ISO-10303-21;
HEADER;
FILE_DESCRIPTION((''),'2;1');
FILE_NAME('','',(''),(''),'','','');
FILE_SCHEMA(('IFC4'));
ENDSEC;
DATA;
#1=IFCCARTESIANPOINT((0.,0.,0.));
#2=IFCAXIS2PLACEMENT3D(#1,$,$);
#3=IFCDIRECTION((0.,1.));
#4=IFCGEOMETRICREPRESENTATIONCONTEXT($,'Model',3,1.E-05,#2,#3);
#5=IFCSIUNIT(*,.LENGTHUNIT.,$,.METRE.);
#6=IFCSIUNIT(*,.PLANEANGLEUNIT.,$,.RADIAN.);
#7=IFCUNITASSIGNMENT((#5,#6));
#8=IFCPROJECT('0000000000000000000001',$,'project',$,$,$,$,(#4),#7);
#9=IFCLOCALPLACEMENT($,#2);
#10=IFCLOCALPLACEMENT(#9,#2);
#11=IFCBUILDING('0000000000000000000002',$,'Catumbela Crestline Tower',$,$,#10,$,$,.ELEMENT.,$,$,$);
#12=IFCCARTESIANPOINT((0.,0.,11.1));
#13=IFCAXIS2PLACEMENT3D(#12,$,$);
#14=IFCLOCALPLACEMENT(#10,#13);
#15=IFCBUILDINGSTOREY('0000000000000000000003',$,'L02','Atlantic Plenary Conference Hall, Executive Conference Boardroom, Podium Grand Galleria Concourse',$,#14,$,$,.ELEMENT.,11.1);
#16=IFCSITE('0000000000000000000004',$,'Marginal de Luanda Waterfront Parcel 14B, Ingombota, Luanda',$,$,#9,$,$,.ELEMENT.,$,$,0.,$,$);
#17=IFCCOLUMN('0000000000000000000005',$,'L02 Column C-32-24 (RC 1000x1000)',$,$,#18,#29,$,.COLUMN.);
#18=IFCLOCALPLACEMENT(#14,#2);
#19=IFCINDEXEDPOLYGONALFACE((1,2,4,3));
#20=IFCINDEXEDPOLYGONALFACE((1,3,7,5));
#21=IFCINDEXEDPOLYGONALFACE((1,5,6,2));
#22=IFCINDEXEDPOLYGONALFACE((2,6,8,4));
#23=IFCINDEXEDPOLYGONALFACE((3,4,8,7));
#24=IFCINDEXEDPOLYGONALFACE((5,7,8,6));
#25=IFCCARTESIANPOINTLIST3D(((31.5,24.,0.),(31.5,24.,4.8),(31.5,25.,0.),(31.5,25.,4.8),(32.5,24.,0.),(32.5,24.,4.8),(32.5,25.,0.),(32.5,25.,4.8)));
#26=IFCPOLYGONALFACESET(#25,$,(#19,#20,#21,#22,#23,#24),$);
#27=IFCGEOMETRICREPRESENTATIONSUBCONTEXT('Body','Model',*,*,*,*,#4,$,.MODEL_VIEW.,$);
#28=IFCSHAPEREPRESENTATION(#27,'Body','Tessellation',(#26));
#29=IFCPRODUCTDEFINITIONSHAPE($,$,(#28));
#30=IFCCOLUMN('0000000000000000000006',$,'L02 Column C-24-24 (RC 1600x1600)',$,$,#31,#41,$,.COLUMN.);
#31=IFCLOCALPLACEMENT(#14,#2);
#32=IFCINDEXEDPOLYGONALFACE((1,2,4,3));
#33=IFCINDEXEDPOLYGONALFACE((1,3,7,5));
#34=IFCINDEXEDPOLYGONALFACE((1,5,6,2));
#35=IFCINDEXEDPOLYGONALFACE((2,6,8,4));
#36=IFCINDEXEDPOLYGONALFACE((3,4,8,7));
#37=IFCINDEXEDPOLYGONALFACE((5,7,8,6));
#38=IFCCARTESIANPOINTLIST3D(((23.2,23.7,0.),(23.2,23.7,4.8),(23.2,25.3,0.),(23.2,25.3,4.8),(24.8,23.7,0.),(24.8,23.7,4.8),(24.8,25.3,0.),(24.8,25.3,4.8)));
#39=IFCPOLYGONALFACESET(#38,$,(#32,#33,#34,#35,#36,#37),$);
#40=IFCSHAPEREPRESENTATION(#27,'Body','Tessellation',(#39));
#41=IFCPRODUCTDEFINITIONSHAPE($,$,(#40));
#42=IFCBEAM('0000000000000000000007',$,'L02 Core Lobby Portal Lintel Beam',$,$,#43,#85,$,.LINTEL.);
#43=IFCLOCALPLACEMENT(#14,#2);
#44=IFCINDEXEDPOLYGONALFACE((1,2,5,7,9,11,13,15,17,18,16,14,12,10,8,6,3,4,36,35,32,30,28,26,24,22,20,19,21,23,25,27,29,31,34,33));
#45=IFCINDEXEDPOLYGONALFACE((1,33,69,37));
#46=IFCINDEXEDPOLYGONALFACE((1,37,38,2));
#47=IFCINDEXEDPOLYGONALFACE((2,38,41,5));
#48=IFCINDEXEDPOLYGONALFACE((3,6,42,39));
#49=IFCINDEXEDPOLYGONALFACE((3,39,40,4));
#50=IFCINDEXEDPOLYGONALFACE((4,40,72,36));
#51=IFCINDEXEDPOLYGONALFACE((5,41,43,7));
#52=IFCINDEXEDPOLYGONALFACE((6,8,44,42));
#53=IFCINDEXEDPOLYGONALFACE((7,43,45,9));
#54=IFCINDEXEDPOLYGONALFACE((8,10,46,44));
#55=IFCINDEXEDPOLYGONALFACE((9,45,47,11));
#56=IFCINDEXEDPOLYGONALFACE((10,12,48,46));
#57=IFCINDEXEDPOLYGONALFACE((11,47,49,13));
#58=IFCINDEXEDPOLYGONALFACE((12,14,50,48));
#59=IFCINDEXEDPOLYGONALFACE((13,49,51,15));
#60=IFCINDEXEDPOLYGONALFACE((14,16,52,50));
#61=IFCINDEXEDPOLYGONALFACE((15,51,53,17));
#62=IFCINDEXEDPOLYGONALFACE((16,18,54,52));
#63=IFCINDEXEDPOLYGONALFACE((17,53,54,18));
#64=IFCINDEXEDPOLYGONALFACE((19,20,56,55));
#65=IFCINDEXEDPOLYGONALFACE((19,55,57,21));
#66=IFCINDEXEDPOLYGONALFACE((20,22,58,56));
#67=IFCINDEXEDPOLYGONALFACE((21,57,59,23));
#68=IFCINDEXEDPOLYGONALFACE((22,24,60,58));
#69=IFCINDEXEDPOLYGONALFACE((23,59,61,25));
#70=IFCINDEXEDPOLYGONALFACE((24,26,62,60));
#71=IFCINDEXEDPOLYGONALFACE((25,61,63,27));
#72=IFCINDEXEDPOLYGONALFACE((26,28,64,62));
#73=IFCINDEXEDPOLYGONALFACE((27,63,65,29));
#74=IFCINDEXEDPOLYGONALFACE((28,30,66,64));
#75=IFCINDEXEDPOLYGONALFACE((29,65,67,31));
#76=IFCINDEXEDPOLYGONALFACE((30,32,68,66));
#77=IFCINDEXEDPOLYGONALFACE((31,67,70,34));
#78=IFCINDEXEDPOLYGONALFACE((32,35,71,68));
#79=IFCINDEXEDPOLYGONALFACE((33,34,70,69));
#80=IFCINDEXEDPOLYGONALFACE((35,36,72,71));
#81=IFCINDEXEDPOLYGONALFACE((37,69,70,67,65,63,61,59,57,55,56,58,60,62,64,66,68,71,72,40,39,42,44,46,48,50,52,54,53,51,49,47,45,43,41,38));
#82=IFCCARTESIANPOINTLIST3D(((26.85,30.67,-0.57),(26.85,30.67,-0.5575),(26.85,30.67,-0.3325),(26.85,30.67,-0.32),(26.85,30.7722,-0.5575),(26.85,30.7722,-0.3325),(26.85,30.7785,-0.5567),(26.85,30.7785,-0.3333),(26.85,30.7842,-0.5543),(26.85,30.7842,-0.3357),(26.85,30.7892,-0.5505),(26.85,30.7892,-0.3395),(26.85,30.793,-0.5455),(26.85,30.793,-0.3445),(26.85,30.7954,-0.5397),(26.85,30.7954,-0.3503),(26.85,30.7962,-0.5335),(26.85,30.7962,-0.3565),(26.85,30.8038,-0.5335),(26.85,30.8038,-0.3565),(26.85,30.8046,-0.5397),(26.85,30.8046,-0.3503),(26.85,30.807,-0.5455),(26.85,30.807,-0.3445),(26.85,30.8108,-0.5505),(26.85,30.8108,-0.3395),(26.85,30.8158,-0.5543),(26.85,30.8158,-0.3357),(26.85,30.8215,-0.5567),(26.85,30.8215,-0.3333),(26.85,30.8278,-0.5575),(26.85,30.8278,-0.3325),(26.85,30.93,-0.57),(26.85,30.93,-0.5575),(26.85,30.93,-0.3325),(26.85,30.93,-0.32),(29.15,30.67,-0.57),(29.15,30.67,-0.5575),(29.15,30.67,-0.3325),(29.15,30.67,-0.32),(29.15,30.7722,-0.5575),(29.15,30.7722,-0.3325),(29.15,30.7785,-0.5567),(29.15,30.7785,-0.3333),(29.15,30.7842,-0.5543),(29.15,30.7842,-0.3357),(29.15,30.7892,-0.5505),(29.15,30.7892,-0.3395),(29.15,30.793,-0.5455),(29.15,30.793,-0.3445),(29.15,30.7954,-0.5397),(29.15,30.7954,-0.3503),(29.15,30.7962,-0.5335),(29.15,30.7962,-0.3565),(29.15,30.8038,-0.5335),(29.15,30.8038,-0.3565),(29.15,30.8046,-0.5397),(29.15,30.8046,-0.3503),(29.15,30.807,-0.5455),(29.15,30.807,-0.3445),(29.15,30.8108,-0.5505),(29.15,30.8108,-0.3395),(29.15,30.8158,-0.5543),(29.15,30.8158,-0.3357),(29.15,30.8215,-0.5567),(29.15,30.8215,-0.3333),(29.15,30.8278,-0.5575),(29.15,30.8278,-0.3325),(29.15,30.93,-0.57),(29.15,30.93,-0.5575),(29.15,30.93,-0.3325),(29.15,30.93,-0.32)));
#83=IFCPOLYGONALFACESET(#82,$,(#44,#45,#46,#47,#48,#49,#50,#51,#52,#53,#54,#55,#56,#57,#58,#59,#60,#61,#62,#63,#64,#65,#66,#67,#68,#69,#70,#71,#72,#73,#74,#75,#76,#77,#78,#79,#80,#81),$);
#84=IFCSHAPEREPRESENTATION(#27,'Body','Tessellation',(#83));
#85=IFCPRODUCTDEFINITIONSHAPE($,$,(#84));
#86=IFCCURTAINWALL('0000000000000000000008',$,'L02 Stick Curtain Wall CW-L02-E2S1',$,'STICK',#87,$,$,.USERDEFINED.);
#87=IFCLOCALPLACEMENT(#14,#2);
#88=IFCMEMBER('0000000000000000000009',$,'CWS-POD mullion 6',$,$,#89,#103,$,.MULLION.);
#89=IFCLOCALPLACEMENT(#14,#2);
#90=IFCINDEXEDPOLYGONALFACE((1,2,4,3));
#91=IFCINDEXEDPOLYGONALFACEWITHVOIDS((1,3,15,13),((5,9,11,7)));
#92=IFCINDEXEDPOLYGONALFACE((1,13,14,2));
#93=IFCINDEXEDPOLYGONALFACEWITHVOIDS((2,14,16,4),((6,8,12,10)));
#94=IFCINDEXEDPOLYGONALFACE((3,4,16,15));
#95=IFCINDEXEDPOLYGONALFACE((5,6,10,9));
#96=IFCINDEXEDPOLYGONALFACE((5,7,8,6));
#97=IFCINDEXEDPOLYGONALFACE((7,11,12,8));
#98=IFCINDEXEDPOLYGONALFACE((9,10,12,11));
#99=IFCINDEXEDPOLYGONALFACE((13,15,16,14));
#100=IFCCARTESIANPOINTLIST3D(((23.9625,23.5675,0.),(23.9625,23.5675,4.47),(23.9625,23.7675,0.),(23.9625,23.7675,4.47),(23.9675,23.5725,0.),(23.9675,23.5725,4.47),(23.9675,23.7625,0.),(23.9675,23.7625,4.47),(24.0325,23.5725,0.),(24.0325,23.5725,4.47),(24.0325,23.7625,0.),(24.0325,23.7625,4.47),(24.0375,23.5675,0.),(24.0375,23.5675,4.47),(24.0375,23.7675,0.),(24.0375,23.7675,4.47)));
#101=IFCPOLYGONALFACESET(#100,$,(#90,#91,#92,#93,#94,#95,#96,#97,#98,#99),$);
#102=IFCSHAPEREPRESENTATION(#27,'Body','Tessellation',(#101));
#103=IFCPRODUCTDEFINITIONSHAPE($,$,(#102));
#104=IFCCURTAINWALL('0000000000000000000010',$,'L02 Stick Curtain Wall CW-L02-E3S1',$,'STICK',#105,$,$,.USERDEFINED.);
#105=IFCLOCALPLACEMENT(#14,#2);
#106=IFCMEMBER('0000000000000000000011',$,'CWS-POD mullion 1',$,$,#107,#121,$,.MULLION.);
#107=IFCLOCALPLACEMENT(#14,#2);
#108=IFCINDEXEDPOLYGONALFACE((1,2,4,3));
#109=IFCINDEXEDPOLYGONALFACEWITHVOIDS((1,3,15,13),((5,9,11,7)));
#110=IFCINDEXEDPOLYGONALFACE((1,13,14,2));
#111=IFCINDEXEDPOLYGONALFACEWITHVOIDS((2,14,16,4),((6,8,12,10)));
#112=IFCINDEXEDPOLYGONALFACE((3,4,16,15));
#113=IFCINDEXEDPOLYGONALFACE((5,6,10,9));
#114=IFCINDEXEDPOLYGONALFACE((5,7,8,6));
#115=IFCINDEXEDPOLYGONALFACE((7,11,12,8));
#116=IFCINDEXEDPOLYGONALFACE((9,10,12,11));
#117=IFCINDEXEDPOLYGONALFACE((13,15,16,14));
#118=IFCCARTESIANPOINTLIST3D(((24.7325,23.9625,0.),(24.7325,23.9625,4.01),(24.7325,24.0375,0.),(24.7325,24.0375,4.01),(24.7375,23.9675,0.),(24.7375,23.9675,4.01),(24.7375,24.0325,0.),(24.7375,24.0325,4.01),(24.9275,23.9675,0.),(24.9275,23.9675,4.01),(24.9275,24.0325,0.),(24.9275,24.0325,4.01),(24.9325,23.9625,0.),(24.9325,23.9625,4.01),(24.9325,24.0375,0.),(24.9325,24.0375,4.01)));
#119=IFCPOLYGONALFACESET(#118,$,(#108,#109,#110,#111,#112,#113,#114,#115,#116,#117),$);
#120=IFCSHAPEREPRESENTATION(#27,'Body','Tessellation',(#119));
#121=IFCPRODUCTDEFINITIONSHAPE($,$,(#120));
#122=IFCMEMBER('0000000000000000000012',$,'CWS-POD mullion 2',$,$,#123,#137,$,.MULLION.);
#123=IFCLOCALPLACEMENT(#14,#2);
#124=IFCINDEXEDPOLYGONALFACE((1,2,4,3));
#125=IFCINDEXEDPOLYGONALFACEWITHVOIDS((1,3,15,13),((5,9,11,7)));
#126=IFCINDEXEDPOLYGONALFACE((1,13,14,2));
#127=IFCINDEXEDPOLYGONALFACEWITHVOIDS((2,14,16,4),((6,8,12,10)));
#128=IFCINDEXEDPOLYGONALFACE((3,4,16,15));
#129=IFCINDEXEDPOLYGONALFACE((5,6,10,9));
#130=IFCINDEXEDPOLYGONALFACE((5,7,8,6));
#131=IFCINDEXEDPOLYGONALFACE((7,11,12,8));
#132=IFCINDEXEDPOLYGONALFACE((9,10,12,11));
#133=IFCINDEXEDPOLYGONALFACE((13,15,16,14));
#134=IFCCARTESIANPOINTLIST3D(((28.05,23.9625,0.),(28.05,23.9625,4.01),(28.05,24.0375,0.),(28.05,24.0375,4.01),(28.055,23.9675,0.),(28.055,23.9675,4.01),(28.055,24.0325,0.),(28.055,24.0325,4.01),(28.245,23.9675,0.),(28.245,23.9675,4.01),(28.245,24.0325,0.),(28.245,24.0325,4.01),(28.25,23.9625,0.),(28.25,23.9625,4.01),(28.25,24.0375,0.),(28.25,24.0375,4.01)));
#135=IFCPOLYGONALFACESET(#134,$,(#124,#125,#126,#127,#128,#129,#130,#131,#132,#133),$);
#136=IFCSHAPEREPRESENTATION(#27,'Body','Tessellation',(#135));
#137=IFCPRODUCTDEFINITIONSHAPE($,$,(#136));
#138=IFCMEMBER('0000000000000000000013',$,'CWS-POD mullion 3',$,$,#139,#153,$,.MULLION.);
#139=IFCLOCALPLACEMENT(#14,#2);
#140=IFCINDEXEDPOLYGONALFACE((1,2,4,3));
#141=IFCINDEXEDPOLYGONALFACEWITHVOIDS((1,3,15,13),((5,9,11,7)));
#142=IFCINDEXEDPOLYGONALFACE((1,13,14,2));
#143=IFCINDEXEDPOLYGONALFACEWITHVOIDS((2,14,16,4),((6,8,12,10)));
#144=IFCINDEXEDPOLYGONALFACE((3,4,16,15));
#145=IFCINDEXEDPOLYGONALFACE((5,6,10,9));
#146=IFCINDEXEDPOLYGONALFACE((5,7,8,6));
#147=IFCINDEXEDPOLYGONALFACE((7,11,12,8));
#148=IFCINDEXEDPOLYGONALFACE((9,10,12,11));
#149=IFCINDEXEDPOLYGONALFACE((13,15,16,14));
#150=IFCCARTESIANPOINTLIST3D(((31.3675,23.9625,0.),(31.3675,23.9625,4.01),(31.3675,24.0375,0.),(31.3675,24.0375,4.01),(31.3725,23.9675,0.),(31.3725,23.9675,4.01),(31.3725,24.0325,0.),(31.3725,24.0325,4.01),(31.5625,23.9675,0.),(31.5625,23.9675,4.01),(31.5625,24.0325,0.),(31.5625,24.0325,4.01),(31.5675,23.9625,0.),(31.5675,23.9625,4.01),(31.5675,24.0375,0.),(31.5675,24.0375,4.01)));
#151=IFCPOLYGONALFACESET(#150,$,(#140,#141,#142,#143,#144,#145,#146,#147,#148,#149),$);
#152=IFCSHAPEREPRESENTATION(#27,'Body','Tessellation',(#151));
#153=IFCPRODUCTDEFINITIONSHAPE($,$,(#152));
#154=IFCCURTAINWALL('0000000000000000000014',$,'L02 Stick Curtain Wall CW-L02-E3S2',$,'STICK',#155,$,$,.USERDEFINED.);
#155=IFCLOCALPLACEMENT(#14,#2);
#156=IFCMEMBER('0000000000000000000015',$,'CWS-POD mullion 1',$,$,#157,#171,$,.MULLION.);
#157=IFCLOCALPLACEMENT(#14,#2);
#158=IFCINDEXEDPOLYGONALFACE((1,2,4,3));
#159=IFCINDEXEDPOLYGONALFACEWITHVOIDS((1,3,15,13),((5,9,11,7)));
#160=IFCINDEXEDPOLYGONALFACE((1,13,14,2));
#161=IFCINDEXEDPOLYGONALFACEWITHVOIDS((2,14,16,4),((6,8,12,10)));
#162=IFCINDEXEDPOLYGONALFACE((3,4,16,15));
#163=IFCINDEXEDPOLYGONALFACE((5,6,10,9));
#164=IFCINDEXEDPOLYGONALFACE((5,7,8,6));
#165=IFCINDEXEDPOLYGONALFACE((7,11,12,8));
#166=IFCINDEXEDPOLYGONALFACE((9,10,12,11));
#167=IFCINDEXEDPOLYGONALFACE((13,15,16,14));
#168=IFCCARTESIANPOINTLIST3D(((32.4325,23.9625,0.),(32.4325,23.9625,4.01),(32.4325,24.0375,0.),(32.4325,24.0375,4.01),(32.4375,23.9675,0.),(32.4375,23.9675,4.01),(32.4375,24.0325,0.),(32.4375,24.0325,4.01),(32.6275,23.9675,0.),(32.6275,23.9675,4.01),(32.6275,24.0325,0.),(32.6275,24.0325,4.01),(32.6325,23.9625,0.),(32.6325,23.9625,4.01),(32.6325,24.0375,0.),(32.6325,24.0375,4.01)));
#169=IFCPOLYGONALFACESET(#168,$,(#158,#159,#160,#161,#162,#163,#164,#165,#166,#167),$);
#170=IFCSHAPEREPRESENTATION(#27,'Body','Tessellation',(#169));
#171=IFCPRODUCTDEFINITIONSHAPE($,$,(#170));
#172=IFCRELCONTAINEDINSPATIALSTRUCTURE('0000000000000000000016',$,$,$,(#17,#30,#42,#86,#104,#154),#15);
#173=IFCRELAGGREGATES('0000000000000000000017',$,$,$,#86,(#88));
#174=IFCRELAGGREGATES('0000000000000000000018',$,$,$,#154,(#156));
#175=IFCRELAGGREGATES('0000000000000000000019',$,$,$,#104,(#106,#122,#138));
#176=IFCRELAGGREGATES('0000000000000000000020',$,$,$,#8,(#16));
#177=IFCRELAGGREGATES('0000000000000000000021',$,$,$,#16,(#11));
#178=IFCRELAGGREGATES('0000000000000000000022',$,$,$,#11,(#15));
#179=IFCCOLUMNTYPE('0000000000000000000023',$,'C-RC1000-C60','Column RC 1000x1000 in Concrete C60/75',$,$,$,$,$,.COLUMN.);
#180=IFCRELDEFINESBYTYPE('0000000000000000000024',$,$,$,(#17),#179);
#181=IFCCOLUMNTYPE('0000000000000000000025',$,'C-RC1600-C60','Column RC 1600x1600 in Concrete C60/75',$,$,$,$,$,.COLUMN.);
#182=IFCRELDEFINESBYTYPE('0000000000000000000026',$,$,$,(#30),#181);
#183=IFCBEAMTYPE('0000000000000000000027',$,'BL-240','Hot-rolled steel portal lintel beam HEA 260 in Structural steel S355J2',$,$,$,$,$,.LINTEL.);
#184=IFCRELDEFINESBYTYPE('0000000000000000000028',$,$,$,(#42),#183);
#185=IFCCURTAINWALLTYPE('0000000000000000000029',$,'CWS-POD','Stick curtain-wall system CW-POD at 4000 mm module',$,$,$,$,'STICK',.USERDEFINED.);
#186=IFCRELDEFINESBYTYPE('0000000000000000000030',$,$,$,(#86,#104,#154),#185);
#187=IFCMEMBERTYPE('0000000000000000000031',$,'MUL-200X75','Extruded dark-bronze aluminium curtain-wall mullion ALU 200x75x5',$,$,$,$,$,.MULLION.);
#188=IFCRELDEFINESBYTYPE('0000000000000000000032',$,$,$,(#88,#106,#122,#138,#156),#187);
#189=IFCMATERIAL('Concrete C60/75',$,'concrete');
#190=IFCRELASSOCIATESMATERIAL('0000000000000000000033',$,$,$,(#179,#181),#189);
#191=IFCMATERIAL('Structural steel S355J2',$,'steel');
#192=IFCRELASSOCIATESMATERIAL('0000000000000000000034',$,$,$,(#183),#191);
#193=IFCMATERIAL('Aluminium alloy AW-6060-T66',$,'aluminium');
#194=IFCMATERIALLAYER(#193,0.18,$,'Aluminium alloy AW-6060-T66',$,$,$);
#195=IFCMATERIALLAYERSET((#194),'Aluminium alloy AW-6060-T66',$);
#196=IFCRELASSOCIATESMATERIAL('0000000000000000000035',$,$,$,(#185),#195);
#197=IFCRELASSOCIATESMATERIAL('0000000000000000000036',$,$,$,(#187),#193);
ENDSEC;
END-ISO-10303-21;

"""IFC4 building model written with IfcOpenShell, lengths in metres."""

from ifc_helpers import new_model, si_unit, direction, frame, origin, origin_2d, place, context, subcontext, project, spatial, rectangle, hollow_rectangle, i_section, extrude, material, layer, layer_set, material_profile, profile_set, type_object, element, aggregate, save


model = new_model("IFC4")

# Units and contexts
model_context = context("Model", 3, precision=1e-05, world=origin(), true_north=direction((0.0, 1.0)))
body_context = subcontext(model_context, "Body", "Model", "MODEL_VIEW")
ifc_project = project(units=[si_unit("LENGTHUNIT", "METRE"), si_unit("PLANEANGLEUNIT", "RADIAN")], contexts=[model_context])

# Site, building, storey
site_placement = place(None, origin())
site = spatial("IfcSite", under=ifc_project, at=site_placement, Name="Marginal de Luanda Waterfront Parcel 14B, Ingombota, Luanda", CompositionType="ELEMENT", RefElevation=0.0)
building_placement = place(site_placement, origin())
building = spatial("IfcBuilding", under=site, at=building_placement, Name="Catumbela Crestline Tower", CompositionType="ELEMENT")
storey_placement = place(building_placement, frame((0.0, 0.0, 11.1)))
storey = spatial("IfcBuildingStorey", under=building, at=storey_placement, Name="L02", Description="Atlantic Plenary Conference Hall, Executive Conference Boardroom, Podium Grand Galleria Concourse", CompositionType="ELEMENT", Elevation=11.1)

# Columns
ifc_material_1 = material(Name="Concrete C60/75", Category="concrete")
ifc_material_profile_1 = material_profile(ifc_material_1, rectangle(XDim=1.0, YDim=1.0, at=origin_2d()), Name="RC 1000x1000")
ifc_profile_set_1 = profile_set([ifc_material_profile_1], Name="Concrete C60/75")
column_type_1 = type_object("IfcColumnType", Name="C-RC1000-C60", Description="Column RC 1000x1000 in Concrete C60/75", PredefinedType="COLUMN", material=ifc_profile_set_1)
column_1_placement = place(storey_placement, frame((32.0, 24.5, 0.0), z_axis=(0.0, 0.0, 1.0), x_axis=(1.0, 0.0, 0.0)))
element("IfcColumn", 1, at=column_1_placement, inside=storey, type_object=column_type_1, Name="L02 Column C-32-24 (RC 1000x1000)", PredefinedType="COLUMN", context=body_context, shape_type="SweptSolid", body=[
    extrude(rectangle(XDim=1.0, YDim=1.0, at=origin_2d()), origin(), (0.0, 0.0, 1.0), 4.8),
])
ifc_material_profile_2 = material_profile(ifc_material_1, rectangle(XDim=1.6, YDim=1.6, at=origin_2d()), Name="RC 1600x1600")
ifc_profile_set_2 = profile_set([ifc_material_profile_2], Name="Concrete C60/75")
column_type_2 = type_object("IfcColumnType", Name="C-RC1600-C60", Description="Column RC 1600x1600 in Concrete C60/75", PredefinedType="COLUMN", material=ifc_profile_set_2)
column_2_placement = place(storey_placement, frame((24.0, 24.5, 0.0), z_axis=(0.0, 0.0, 1.0), x_axis=(1.0, 0.0, 0.0)))
element("IfcColumn", 2, at=column_2_placement, inside=storey, type_object=column_type_2, Name="L02 Column C-24-24 (RC 1600x1600)", PredefinedType="COLUMN", context=body_context, shape_type="SweptSolid", body=[
    extrude(rectangle(XDim=1.6, YDim=1.6, at=origin_2d()), origin(), (0.0, 0.0, 1.0), 4.8),
])

# Beam
ifc_material_2 = material(Name="Structural steel S355J2", Category="steel")
ifc_material_profile_3 = material_profile(ifc_material_2, i_section(OverallWidth=0.26, OverallDepth=0.25, WebThickness=0.0075, FlangeThickness=0.0125, FilletRadius=0.024, at=origin_2d()), Name="HEA 260")
ifc_profile_set_3 = profile_set([ifc_material_profile_3], Name="Structural steel S355J2")
beam_type_1 = type_object("IfcBeamType", Name="BL-240", Description="Hot-rolled steel portal lintel beam HEA 260 in Structural steel S355J2", PredefinedType="LINTEL", material=ifc_profile_set_3)
beam_1_placement = place(storey_placement, frame((26.85, 30.8, -0.445), z_axis=(1.0, 0.0, 0.0), x_axis=(0.0, 1.0, 0.0)))
element("IfcBeam", 3, at=beam_1_placement, inside=storey, type_object=beam_type_1, Name="L02 Core Lobby Portal Lintel Beam", PredefinedType="LINTEL", context=body_context, shape_type="SweptSolid", body=[
    extrude(i_section(OverallWidth=0.26, OverallDepth=0.25, WebThickness=0.0075, FlangeThickness=0.0125, FilletRadius=0.024, at=origin_2d()), origin(), (0.0, 0.0, 1.0), 2.3),
])

# Curtain wall, member
ifc_material_3 = material(Name="Aluminium alloy AW-6060-T66", Category="aluminium")
ifc_layer_1 = layer(ifc_material_3, 0.18, Name="Aluminium alloy AW-6060-T66")
ifc_layer_set_1 = layer_set([ifc_layer_1], Name="Aluminium alloy AW-6060-T66")
curtain_wall_type = type_object("IfcCurtainWallType", Name="CWS-POD", Description="Stick curtain-wall system CW-POD at 4000 mm module", ElementType="STICK", PredefinedType="USERDEFINED", material=ifc_layer_set_1)
curtain_wall_1_placement = place(storey_placement, origin())
curtain_wall_1 = element("IfcCurtainWall", 4, at=curtain_wall_1_placement, inside=storey, type_object=curtain_wall_type, Name="L02 Stick Curtain Wall CW-L02-E2S1", ObjectType="STICK", PredefinedType="USERDEFINED")
ifc_material_profile_4 = material_profile(ifc_material_3, hollow_rectangle(XDim=0.075, YDim=0.2, WallThickness=0.005, at=origin_2d()), Name="ALU 200x75x5")
ifc_profile_set_4 = profile_set([ifc_material_profile_4], Name="Aluminium alloy AW-6060-T66")
member_type_1 = type_object("IfcMemberType", Name="MUL-200X75", Description="Extruded dark-bronze aluminium curtain-wall mullion ALU 200x75x5", PredefinedType="MULLION", material=ifc_profile_set_4)
member_1_placement = place(storey_placement, frame((24.0, 23.6675, 0.0), z_axis=(0.0, 0.0, 1.0), x_axis=(-1.0, 0.0, 0.0)))
member_1 = element("IfcMember", 5, at=member_1_placement, type_object=member_type_1, Name="CWS-POD mullion 6", PredefinedType="MULLION", context=body_context, shape_type="SweptSolid", body=[
    extrude(hollow_rectangle(XDim=0.075, YDim=0.2, WallThickness=0.005, at=origin_2d()), origin(), (0.0, 0.0, 1.0), 4.47),
])
aggregate(curtain_wall_1, [member_1])

# Curtain wall, members
curtain_wall_2_placement = place(storey_placement, origin())
curtain_wall_2 = element("IfcCurtainWall", 6, at=curtain_wall_2_placement, inside=storey, type_object=curtain_wall_type, Name="L02 Stick Curtain Wall CW-L02-E3S1", ObjectType="STICK", PredefinedType="USERDEFINED")
member_2_placement = place(storey_placement, frame((24.8325, 24.0, 0.0), z_axis=(0.0, 0.0, 1.0), x_axis=(0.0, 1.0, 0.0)))
member_2 = element("IfcMember", 7, at=member_2_placement, type_object=member_type_1, Name="CWS-POD mullion 1", PredefinedType="MULLION", context=body_context, shape_type="SweptSolid", body=[
    extrude(hollow_rectangle(XDim=0.075, YDim=0.2, WallThickness=0.005, at=origin_2d()), origin(), (0.0, 0.0, 1.0), 4.01),
])
member_3_placement = place(storey_placement, frame((28.15, 24.0, 0.0), z_axis=(0.0, 0.0, 1.0), x_axis=(0.0, 1.0, 0.0)))
member_3 = element("IfcMember", 8, at=member_3_placement, type_object=member_type_1, Name="CWS-POD mullion 2", PredefinedType="MULLION", context=body_context, shape_type="SweptSolid", body=[
    extrude(hollow_rectangle(XDim=0.075, YDim=0.2, WallThickness=0.005, at=origin_2d()), origin(), (0.0, 0.0, 1.0), 4.01),
])
member_4_placement = place(storey_placement, frame((31.4675, 24.0, 0.0), z_axis=(0.0, 0.0, 1.0), x_axis=(0.0, 1.0, 0.0)))
member_4 = element("IfcMember", 9, at=member_4_placement, type_object=member_type_1, Name="CWS-POD mullion 3", PredefinedType="MULLION", context=body_context, shape_type="SweptSolid", body=[
    extrude(hollow_rectangle(XDim=0.075, YDim=0.2, WallThickness=0.005, at=origin_2d()), origin(), (0.0, 0.0, 1.0), 4.01),
])

# Curtain wall, member
curtain_wall_3_placement = place(storey_placement, origin())
curtain_wall_3 = element("IfcCurtainWall", 10, at=curtain_wall_3_placement, inside=storey, type_object=curtain_wall_type, Name="L02 Stick Curtain Wall CW-L02-E3S2", ObjectType="STICK", PredefinedType="USERDEFINED")
member_5_placement = place(storey_placement, frame((32.5325, 24.0, 0.0), z_axis=(0.0, 0.0, 1.0), x_axis=(0.0, 1.0, 0.0)))
member_5 = element("IfcMember", 11, at=member_5_placement, type_object=member_type_1, Name="CWS-POD mullion 1", PredefinedType="MULLION", context=body_context, shape_type="SweptSolid", body=[
    extrude(hollow_rectangle(XDim=0.075, YDim=0.2, WallThickness=0.005, at=origin_2d()), origin(), (0.0, 0.0, 1.0), 4.01),
])
aggregate(curtain_wall_3, [member_5])

aggregate(curtain_wall_2, [member_2, member_3, member_4])

save(model, "model.ifc")
